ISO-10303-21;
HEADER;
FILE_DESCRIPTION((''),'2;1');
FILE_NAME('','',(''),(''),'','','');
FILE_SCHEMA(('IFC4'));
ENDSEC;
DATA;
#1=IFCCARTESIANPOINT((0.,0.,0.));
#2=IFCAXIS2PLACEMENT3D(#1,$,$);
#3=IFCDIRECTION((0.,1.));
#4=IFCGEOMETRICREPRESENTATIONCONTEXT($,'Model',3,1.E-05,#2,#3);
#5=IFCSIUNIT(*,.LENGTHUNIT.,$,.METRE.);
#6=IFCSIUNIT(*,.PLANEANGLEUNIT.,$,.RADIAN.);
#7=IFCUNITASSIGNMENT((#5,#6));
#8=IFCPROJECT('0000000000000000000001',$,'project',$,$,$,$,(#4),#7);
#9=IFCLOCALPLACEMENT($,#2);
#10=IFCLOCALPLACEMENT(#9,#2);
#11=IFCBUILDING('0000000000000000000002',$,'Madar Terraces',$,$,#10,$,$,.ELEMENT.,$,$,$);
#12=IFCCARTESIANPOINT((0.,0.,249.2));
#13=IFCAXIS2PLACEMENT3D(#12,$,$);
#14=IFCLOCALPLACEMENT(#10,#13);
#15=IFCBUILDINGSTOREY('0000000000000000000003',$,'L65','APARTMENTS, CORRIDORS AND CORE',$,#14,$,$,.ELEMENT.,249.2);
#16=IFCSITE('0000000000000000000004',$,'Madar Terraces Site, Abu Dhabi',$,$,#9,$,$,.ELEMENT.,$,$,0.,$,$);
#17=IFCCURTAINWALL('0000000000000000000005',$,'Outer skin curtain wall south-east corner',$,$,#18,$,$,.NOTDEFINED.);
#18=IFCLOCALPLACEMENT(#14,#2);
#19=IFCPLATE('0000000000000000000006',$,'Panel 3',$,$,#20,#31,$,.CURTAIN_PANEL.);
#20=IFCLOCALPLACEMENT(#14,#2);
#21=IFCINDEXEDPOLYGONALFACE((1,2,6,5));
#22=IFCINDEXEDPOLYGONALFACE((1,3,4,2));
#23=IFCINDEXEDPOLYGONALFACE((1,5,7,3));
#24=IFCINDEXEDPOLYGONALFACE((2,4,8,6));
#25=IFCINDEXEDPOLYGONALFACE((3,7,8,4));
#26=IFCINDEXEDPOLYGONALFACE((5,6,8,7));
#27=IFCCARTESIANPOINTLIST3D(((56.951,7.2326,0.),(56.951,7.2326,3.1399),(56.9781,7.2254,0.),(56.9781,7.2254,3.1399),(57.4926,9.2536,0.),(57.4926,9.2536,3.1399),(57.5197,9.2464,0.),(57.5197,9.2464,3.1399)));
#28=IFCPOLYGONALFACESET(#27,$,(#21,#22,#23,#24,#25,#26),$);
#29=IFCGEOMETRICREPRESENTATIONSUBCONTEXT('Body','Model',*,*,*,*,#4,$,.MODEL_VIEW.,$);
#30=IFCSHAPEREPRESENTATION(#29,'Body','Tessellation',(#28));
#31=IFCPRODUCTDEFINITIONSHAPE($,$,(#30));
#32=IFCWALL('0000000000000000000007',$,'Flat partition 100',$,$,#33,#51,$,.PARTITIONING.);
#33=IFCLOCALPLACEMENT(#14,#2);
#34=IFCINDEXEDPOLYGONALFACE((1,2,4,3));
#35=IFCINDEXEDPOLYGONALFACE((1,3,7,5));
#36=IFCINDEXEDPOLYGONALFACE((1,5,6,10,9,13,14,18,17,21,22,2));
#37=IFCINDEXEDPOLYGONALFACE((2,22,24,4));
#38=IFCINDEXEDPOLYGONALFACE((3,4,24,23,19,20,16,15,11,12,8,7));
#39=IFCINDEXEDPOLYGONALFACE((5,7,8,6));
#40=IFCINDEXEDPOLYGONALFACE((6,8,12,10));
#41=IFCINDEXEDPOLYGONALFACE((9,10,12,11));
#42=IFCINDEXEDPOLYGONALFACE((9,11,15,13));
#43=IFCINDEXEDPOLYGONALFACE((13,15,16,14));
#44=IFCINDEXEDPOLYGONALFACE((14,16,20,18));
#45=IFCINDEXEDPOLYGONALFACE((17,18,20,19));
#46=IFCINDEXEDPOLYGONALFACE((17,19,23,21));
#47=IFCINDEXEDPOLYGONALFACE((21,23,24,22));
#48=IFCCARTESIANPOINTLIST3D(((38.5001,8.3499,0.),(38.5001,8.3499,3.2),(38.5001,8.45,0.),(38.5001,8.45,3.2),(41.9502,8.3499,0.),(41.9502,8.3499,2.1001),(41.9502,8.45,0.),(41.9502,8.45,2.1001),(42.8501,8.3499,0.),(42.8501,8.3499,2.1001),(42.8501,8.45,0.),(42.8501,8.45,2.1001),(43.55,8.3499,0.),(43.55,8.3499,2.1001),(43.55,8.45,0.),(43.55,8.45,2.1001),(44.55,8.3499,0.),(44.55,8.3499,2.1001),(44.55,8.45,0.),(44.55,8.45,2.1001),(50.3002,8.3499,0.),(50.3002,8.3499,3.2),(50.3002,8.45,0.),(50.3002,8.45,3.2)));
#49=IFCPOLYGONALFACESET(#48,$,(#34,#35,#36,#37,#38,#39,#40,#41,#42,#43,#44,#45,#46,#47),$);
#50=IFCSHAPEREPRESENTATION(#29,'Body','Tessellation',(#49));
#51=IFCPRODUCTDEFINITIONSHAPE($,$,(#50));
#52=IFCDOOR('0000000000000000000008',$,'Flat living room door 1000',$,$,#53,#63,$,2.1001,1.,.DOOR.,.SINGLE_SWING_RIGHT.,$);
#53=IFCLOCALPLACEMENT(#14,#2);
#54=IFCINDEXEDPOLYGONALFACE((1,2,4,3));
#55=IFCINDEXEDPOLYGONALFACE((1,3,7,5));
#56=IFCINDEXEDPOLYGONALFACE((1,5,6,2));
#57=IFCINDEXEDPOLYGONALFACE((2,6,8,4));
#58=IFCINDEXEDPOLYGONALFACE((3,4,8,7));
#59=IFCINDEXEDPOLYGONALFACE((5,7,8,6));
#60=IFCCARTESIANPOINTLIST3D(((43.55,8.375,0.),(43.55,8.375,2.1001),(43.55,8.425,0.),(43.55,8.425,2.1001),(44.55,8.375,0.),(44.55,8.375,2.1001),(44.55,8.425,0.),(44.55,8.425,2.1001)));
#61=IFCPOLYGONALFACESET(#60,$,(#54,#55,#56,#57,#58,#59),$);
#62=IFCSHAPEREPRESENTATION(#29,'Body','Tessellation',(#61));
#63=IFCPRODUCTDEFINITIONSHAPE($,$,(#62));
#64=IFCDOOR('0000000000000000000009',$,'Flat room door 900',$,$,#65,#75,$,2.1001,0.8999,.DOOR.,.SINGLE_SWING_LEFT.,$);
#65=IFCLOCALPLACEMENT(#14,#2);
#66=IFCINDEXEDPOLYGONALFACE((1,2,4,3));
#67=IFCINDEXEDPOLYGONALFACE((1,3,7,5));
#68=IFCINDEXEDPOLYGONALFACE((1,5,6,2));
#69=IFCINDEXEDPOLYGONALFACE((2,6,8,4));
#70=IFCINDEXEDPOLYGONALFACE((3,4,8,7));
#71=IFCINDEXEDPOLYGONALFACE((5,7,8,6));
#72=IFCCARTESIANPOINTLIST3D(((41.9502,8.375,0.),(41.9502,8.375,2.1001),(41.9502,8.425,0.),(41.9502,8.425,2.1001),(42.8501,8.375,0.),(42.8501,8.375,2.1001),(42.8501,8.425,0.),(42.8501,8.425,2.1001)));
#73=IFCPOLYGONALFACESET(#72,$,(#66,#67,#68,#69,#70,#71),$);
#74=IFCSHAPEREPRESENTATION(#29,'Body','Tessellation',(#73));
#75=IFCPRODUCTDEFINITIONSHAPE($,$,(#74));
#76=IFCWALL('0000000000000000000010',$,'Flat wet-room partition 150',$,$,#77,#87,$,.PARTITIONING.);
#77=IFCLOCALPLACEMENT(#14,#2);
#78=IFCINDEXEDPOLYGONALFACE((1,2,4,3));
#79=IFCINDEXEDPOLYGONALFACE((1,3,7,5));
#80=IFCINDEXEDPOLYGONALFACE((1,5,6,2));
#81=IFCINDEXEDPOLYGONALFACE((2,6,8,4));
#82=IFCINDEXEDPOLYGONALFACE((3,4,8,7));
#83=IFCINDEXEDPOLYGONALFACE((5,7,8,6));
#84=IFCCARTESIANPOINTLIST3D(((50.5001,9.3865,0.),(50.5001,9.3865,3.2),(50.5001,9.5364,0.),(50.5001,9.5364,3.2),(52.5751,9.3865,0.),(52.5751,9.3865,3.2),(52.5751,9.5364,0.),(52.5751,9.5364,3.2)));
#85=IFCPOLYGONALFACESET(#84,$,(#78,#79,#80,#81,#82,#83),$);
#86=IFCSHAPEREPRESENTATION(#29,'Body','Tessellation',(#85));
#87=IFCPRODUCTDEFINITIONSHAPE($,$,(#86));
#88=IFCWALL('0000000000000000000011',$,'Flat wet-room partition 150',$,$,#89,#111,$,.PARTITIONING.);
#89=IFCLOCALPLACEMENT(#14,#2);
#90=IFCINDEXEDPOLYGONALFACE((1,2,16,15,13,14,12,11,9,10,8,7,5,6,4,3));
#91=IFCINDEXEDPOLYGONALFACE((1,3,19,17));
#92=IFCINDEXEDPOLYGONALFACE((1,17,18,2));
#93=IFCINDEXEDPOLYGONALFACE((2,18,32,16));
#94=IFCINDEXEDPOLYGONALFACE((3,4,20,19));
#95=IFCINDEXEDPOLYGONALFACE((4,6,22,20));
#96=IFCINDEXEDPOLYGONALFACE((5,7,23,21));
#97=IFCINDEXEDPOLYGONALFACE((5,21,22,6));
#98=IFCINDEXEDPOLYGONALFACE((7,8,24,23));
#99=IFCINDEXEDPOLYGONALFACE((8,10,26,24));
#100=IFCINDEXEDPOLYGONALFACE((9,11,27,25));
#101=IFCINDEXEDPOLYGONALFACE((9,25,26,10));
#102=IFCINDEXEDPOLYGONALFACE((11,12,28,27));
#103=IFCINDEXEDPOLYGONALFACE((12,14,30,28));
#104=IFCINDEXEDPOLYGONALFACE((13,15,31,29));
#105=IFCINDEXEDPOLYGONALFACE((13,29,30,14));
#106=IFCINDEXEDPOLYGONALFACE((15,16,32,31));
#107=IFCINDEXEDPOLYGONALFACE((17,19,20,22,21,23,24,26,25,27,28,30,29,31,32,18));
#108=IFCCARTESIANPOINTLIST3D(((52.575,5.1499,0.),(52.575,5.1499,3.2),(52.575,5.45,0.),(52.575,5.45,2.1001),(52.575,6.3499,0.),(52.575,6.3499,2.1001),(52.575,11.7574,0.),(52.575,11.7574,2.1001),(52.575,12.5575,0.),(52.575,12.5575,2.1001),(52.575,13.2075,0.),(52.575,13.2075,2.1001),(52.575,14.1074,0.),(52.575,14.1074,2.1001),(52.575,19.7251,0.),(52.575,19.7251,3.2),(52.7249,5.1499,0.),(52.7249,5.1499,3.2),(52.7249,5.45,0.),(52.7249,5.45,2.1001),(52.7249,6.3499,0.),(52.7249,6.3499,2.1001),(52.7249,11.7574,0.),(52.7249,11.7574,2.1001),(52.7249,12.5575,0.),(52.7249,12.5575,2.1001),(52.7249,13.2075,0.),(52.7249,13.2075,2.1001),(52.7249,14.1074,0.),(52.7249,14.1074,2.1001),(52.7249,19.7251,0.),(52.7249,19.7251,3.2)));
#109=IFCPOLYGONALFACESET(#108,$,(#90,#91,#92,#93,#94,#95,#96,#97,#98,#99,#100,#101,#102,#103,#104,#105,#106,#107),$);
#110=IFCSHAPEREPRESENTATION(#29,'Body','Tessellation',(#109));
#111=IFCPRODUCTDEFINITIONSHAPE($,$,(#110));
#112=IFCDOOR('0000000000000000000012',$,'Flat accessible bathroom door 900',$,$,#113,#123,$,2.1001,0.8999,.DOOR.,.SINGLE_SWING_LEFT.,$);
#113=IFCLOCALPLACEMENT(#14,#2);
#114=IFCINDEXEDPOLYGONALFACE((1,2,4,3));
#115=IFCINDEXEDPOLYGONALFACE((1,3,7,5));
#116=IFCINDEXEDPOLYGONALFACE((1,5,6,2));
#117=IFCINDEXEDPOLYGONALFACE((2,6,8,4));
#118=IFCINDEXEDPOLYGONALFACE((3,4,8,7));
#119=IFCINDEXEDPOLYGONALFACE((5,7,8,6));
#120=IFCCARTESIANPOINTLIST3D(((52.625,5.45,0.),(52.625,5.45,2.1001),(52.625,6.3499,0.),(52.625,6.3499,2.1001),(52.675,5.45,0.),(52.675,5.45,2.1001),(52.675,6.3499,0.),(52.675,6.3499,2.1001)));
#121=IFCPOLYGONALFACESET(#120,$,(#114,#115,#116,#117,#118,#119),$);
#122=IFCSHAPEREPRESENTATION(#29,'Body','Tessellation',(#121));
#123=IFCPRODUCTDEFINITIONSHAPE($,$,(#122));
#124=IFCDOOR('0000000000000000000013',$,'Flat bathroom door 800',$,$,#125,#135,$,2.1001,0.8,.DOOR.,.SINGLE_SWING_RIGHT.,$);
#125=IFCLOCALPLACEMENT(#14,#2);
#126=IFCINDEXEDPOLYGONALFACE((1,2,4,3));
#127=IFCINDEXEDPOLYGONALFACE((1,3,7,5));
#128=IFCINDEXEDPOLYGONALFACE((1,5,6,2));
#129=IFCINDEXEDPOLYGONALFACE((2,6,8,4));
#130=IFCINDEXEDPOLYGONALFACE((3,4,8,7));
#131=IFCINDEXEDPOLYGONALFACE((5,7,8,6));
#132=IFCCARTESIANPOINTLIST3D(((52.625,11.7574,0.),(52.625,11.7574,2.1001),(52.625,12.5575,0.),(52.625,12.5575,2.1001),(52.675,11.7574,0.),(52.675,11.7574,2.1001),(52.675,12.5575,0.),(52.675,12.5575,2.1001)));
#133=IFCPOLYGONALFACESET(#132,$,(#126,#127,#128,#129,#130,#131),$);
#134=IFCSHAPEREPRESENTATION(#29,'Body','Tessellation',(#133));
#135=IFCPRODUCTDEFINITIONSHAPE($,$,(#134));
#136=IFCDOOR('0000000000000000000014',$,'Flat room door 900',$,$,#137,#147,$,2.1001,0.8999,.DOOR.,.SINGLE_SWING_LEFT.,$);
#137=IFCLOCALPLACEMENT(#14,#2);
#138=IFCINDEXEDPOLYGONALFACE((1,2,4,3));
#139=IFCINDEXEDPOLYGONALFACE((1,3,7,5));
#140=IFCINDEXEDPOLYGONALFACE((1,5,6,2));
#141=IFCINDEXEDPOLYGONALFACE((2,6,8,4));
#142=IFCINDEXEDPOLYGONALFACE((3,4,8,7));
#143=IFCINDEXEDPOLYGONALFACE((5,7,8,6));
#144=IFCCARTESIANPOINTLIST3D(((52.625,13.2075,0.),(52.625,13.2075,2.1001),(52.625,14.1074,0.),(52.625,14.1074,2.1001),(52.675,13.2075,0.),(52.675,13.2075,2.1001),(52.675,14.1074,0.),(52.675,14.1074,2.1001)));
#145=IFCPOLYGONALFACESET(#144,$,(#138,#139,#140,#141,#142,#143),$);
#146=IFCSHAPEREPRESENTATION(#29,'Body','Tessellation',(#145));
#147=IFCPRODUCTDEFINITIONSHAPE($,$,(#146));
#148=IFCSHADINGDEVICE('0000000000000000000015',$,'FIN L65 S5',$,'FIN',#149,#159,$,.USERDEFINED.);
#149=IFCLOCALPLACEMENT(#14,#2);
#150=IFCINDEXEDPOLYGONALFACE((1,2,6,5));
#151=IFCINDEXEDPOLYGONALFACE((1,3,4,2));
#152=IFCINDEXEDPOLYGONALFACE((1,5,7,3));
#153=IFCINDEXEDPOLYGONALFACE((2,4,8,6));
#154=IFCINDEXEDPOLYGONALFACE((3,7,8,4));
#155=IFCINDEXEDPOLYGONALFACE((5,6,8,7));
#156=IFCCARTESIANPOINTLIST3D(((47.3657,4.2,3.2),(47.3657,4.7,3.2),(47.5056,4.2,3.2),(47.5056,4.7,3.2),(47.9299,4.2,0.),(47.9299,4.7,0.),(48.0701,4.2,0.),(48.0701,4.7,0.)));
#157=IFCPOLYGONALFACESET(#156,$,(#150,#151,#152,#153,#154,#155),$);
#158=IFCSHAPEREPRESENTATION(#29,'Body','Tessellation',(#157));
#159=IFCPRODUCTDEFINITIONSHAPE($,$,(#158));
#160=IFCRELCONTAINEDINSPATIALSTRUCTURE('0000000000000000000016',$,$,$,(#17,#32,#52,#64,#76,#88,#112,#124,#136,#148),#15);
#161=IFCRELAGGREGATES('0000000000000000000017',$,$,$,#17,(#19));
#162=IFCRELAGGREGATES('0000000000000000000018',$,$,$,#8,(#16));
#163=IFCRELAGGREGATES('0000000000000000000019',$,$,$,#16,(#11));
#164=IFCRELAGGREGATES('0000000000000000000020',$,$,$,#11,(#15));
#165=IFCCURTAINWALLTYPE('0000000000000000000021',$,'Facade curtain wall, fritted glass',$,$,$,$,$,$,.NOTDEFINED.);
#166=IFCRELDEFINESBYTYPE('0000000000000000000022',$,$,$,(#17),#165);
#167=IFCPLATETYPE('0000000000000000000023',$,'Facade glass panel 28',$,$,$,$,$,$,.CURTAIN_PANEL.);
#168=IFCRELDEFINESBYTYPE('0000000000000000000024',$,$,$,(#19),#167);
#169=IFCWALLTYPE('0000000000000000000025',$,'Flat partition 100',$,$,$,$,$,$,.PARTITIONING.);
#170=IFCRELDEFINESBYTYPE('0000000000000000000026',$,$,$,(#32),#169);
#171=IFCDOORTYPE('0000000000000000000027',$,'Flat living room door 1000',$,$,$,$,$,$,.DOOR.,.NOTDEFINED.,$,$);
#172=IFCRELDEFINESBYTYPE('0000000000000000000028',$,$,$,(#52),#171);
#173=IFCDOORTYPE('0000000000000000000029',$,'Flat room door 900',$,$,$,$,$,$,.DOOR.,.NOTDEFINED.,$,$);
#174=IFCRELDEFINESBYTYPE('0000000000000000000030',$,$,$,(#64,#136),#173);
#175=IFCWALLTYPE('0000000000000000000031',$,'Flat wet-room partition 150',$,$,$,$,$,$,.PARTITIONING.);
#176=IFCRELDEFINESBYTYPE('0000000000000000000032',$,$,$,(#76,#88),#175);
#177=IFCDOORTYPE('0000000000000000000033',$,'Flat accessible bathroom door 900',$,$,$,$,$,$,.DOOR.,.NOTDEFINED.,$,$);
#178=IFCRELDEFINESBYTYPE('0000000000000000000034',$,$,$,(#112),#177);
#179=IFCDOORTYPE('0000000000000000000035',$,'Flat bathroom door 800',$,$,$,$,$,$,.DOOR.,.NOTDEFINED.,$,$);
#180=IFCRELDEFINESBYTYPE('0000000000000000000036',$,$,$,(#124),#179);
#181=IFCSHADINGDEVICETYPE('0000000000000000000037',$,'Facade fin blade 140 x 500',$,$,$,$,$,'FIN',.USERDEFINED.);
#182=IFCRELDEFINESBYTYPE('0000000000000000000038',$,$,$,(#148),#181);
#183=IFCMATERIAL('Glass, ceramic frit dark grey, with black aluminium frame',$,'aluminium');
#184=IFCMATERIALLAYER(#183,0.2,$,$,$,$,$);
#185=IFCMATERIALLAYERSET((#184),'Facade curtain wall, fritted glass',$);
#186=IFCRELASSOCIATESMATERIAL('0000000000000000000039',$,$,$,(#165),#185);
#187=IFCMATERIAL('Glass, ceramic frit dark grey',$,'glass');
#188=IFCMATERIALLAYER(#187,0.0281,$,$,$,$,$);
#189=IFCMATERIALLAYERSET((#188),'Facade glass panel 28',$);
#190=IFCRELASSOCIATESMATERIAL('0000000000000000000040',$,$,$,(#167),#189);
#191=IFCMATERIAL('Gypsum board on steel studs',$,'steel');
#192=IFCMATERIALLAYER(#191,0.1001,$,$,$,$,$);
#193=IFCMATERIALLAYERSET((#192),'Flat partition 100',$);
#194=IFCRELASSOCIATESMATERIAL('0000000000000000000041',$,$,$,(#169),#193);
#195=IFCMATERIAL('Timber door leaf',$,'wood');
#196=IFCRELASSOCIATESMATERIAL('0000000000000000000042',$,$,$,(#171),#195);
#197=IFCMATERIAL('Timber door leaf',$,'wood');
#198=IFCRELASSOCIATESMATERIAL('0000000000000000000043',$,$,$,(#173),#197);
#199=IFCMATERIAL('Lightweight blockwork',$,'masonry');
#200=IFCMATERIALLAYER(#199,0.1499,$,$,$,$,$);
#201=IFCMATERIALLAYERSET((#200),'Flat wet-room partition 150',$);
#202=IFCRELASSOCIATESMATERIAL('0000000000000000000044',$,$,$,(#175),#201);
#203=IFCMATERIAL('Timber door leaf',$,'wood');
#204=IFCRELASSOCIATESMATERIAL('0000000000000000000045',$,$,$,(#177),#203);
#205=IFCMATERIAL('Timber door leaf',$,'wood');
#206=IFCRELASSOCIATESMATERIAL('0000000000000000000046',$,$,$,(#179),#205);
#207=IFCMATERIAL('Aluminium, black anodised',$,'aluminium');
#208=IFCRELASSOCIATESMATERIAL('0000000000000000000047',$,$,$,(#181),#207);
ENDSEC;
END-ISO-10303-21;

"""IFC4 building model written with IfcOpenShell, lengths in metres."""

from ifc_helpers import new_model, si_unit, direction, frame, frame_2d, origin, origin_2d, place, context, subcontext, project, spatial, polyline, rectangle, outline, extrude, material, layer, layer_set, type_object, element, fill, aggregate, save


model = new_model("IFC4")

# Units and contexts
model_context = context("Model", 3, precision=1e-05, world=origin(), true_north=direction((0.0, 1.0)))
body_context = subcontext(model_context, "Body", "Model", "MODEL_VIEW")
ifc_project = project(units=[si_unit("LENGTHUNIT", "METRE"), si_unit("PLANEANGLEUNIT", "RADIAN")], contexts=[model_context])

# Site, building, storey
site_placement = place(None, origin())
site = spatial("IfcSite", under=ifc_project, at=site_placement, Name="Madar Terraces Site, Abu Dhabi", CompositionType="ELEMENT", RefElevation=0.0)
building_placement = place(site_placement, origin())
building = spatial("IfcBuilding", under=site, at=building_placement, Name="Madar Terraces", CompositionType="ELEMENT")
storey_placement = place(building_placement, frame((0.0, 0.0, 249.2)))
storey = spatial("IfcBuildingStorey", under=building, at=storey_placement, Name="L65", Description="APARTMENTS, CORRIDORS AND CORE", CompositionType="ELEMENT", Elevation=249.2)

# Curtain wall
ifc_material_1 = material(Name="Glass, ceramic frit dark grey, with black aluminium frame", Category="aluminium")
ifc_layer_1 = layer(ifc_material_1, 0.2)
ifc_layer_set_1 = layer_set([ifc_layer_1], Name="Facade curtain wall, fritted glass")
curtain_wall_type = type_object("IfcCurtainWallType", Name="Facade curtain wall, fritted glass", PredefinedType="NOTDEFINED", material=ifc_layer_set_1)
curtain_wall_1_placement = place(storey_placement, origin())
curtain_wall_1 = element("IfcCurtainWall", 1, at=curtain_wall_1_placement, inside=storey, type_object=curtain_wall_type, Name="Outer skin curtain wall south-east corner", PredefinedType="NOTDEFINED")

# Plate
ifc_material_2 = material(Name="Glass, ceramic frit dark grey", Category="glass")
ifc_layer_2 = layer(ifc_material_2, 0.0281)
ifc_layer_set_2 = layer_set([ifc_layer_2], Name="Facade glass panel 28")
plate_type = type_object("IfcPlateType", Name="Facade glass panel 28", PredefinedType="CURTAIN_PANEL", material=ifc_layer_set_2)
plate_1_placement = place(storey_placement, frame((57.2354, 8.2395, 0.0), z_axis=(0.0, 0.0, 1.0), x_axis=(0.258819, 0.965926, 0.0)))
plate_1 = element("IfcPlate", 2, at=plate_1_placement, type_object=plate_type, Name="Panel 3", PredefinedType="CURTAIN_PANEL", context=body_context, shape_type="SweptSolid", body=[
    extrude(rectangle(XDim=2.0923, YDim=0.0281, at=origin_2d()), origin(), (0.0, 0.0, 1.0), 3.1399),
])
aggregate(curtain_wall_1, [plate_1])

# Wall, openings, doors
ifc_material_3 = material(Name="Gypsum board on steel studs", Category="steel")
ifc_layer_3 = layer(ifc_material_3, 0.1001)
ifc_layer_set_3 = layer_set([ifc_layer_3], Name="Flat partition 100")
wall_type_1 = type_object("IfcWallType", Name="Flat partition 100", PredefinedType="PARTITIONING", material=ifc_layer_set_3)
wall_1_placement = place(storey_placement, frame((50.3, 8.3999, 0.0), z_axis=(0.0, 0.0, 1.0), x_axis=(-1.0, 0.0, 0.0)))
wall_1 = element("IfcWall", 3, at=wall_1_placement, inside=storey, type_object=wall_type_1, Name="Flat partition 100", PredefinedType="PARTITIONING", context=body_context, shape_type="SweptSolid", body=[
    extrude(rectangle(XDim=11.8, YDim=0.1001, at=frame_2d((5.8999, 0.0))), origin(), (0.0, 0.0, 1.0), 3.2),
])
opening_1_placement = place(wall_1_placement, frame((7.45, 0.0, 0.0)))
opening_1 = element("IfcOpeningElement", 4, at=opening_1_placement, cuts=wall_1, PredefinedType="OPENING", context=body_context, shape_type="SweptSolid", body=[
    extrude(rectangle(XDim=0.8999, YDim=2.1001, at=frame_2d((0.45, 1.05))), frame((0.0, 0.0601, 0.0), z_axis=(0.0, -1.0, 0.0), x_axis=(1.0, 0.0, 0.0)), (0.0, 0.0, 1.0), 0.1201),
])
opening_2_placement = place(wall_1_placement, frame((5.75, 0.0, 0.0)))
opening_2 = element("IfcOpeningElement", 5, at=opening_2_placement, cuts=wall_1, PredefinedType="OPENING", context=body_context, shape_type="SweptSolid", body=[
    extrude(rectangle(XDim=1.0, YDim=2.1001, at=frame_2d((0.5, 1.05))), frame((0.0, 0.0601, 0.0), z_axis=(0.0, -1.0, 0.0), x_axis=(1.0, 0.0, 0.0)), (0.0, 0.0, 1.0), 0.1201),
])
ifc_material_4 = material(Name="Timber door leaf", Category="wood")
door_type_1 = type_object("IfcDoorType", Name="Flat living room door 1000", OperationType="NOTDEFINED", PredefinedType="DOOR", material=ifc_material_4)
door_1_placement = place(opening_2_placement, origin())
door_1 = element("IfcDoor", 6, at=door_1_placement, inside=storey, type_object=door_type_1, Name="Flat living room door 1000", OperationType="SINGLE_SWING_RIGHT", OverallHeight=2.1001, OverallWidth=1.0, PredefinedType="DOOR", context=body_context, shape_type="SweptSolid", body=[
    extrude(rectangle(XDim=1.0, YDim=2.1001, at=frame_2d((0.5, 1.05))), frame((0.0, 0.0249, 0.0), z_axis=(0.0, -1.0, 0.0), x_axis=(1.0, 0.0, 0.0)), (0.0, 0.0, 1.0), 0.05),
])
fill(opening_2, door_1)
ifc_material_5 = material(Name="Timber door leaf", Category="wood")
door_type_2 = type_object("IfcDoorType", Name="Flat room door 900", OperationType="NOTDEFINED", PredefinedType="DOOR", material=ifc_material_5)
door_2_placement = place(opening_1_placement, origin())
door_2 = element("IfcDoor", 7, at=door_2_placement, inside=storey, type_object=door_type_2, Name="Flat room door 900", OperationType="SINGLE_SWING_LEFT", OverallHeight=2.1001, OverallWidth=0.8999, PredefinedType="DOOR", context=body_context, shape_type="SweptSolid", body=[
    extrude(rectangle(XDim=0.8999, YDim=2.1001, at=frame_2d((0.45, 1.05))), frame((0.0, 0.0249, 0.0), z_axis=(0.0, -1.0, 0.0), x_axis=(1.0, 0.0, 0.0)), (0.0, 0.0, 1.0), 0.05),
])
fill(opening_1, door_2)

# Wall
ifc_material_6 = material(Name="Lightweight blockwork", Category="masonry")
ifc_layer_4 = layer(ifc_material_6, 0.1499)
ifc_layer_set_4 = layer_set([ifc_layer_4], Name="Flat wet-room partition 150")
wall_type_2 = type_object("IfcWallType", Name="Flat wet-room partition 150", PredefinedType="PARTITIONING", material=ifc_layer_set_4)
wall_2_placement = place(storey_placement, frame((50.5, 9.4614, 0.0), z_axis=(0.0, 0.0, 1.0), x_axis=(1.0, 0.0, 0.0)))
element("IfcWall", 8, at=wall_2_placement, inside=storey, type_object=wall_type_2, Name="Flat wet-room partition 150", PredefinedType="PARTITIONING", context=body_context, shape_type="SweptSolid", body=[
    extrude(rectangle(XDim=2.075, YDim=0.1499, at=frame_2d((1.0376, 0.0))), origin(), (0.0, 0.0, 1.0), 3.2),
])

# Wall, openings, doors
wall_3_placement = place(storey_placement, frame((52.6499, 5.1499, 0.0), z_axis=(0.0, 0.0, 1.0), x_axis=(0.0, 1.0, 0.0)))
wall_3 = element("IfcWall", 9, at=wall_3_placement, inside=storey, type_object=wall_type_2, Name="Flat wet-room partition 150", PredefinedType="PARTITIONING", context=body_context, shape_type="SweptSolid", body=[
    extrude(rectangle(XDim=14.5752, YDim=0.1499, at=frame_2d((7.2876, 0.0))), origin(), (0.0, 0.0, 1.0), 3.2),
])
opening_3_placement = place(wall_3_placement, frame((8.0576, 0.0, 0.0)))
opening_3 = element("IfcOpeningElement", 10, at=opening_3_placement, cuts=wall_3, PredefinedType="OPENING", context=body_context, shape_type="SweptSolid", body=[
    extrude(rectangle(XDim=0.8999, YDim=2.1001, at=frame_2d((0.45, 1.05))), frame((0.0, 0.085, 0.0), z_axis=(0.0, -1.0, 0.0), x_axis=(1.0, 0.0, 0.0)), (0.0, 0.0, 1.0), 0.1699),
])
opening_4_placement = place(wall_3_placement, frame((6.6077, 0.0, 0.0)))
opening_4 = element("IfcOpeningElement", 11, at=opening_4_placement, cuts=wall_3, PredefinedType="OPENING", context=body_context, shape_type="SweptSolid", body=[
    extrude(rectangle(XDim=0.8, YDim=2.1001, at=frame_2d((0.3999, 1.05))), frame((0.0, 0.085, 0.0), z_axis=(0.0, -1.0, 0.0), x_axis=(1.0, 0.0, 0.0)), (0.0, 0.0, 1.0), 0.1699),
])
opening_5_placement = place(wall_3_placement, frame((0.3, 0.0, 0.0)))
opening_5 = element("IfcOpeningElement", 12, at=opening_5_placement, cuts=wall_3, PredefinedType="OPENING", context=body_context, shape_type="SweptSolid", body=[
    extrude(rectangle(XDim=0.8999, YDim=2.1001, at=frame_2d((0.45, 1.05))), frame((0.0, 0.085, 0.0), z_axis=(0.0, -1.0, 0.0), x_axis=(1.0, 0.0, 0.0)), (0.0, 0.0, 1.0), 0.1699),
])
ifc_material_7 = material(Name="Timber door leaf", Category="wood")
door_type_3 = type_object("IfcDoorType", Name="Flat accessible bathroom door 900", OperationType="NOTDEFINED", PredefinedType="DOOR", material=ifc_material_7)
door_3_placement = place(opening_5_placement, origin())
door_3 = element("IfcDoor", 13, at=door_3_placement, inside=storey, type_object=door_type_3, Name="Flat accessible bathroom door 900", OperationType="SINGLE_SWING_LEFT", OverallHeight=2.1001, OverallWidth=0.8999, PredefinedType="DOOR", context=body_context, shape_type="SweptSolid", body=[
    extrude(rectangle(XDim=0.8999, YDim=2.1001, at=frame_2d((0.45, 1.05))), frame((0.0, 0.0249, 0.0), z_axis=(0.0, -1.0, 0.0), x_axis=(1.0, 0.0, 0.0)), (0.0, 0.0, 1.0), 0.05),
])
fill(opening_5, door_3)
ifc_material_8 = material(Name="Timber door leaf", Category="wood")
door_type_4 = type_object("IfcDoorType", Name="Flat bathroom door 800", OperationType="NOTDEFINED", PredefinedType="DOOR", material=ifc_material_8)
door_4_placement = place(opening_4_placement, origin())
door_4 = element("IfcDoor", 14, at=door_4_placement, inside=storey, type_object=door_type_4, Name="Flat bathroom door 800", OperationType="SINGLE_SWING_RIGHT", OverallHeight=2.1001, OverallWidth=0.8, PredefinedType="DOOR", context=body_context, shape_type="SweptSolid", body=[
    extrude(rectangle(XDim=0.8, YDim=2.1001, at=frame_2d((0.3999, 1.05))), frame((0.0, 0.0249, 0.0), z_axis=(0.0, -1.0, 0.0), x_axis=(1.0, 0.0, 0.0)), (0.0, 0.0, 1.0), 0.05),
])
fill(opening_4, door_4)
door_5_placement = place(opening_3_placement, origin())
door_5 = element("IfcDoor", 15, at=door_5_placement, inside=storey, type_object=door_type_2, Name="Flat room door 900", OperationType="SINGLE_SWING_LEFT", OverallHeight=2.1001, OverallWidth=0.8999, PredefinedType="DOOR", context=body_context, shape_type="SweptSolid", body=[
    extrude(rectangle(XDim=0.8999, YDim=2.1001, at=frame_2d((0.45, 1.05))), frame((0.0, 0.0249, 0.0), z_axis=(0.0, -1.0, 0.0), x_axis=(1.0, 0.0, 0.0)), (0.0, 0.0, 1.0), 0.05),
])
fill(opening_3, door_5)

# Shading device
ifc_material_9 = material(Name="Aluminium, black anodised", Category="aluminium")
shading_device_type = type_object("IfcShadingDeviceType", Name="Facade fin blade 140 x 500", ElementType="FIN", PredefinedType="USERDEFINED", material=ifc_material_9)
shading_device_placement = place(storey_placement, frame((47.9299, 4.45, 0.0), z_axis=(0.0, 0.0, 1.0), x_axis=(1.0, 0.0, 0.0)))
element("IfcShadingDevice", 16, at=shading_device_placement, inside=storey, type_object=shading_device_type, Name="FIN L65 S5", ObjectType="FIN", PredefinedType="USERDEFINED", context=body_context, shape_type="SweptSolid", body=[
    extrude(outline(polyline([(0.0, 0.0), (0.1401, 0.0), (-0.4243, 3.2), (-0.5642, 3.2), (0.0, 0.0)])), frame((0.0, 0.25, 0.0), z_axis=(0.0, -1.0, 0.0), x_axis=(1.0, 0.0, 0.0)), (0.0, 0.0, 1.0), 0.5),
])

save(model, "model.ifc")
